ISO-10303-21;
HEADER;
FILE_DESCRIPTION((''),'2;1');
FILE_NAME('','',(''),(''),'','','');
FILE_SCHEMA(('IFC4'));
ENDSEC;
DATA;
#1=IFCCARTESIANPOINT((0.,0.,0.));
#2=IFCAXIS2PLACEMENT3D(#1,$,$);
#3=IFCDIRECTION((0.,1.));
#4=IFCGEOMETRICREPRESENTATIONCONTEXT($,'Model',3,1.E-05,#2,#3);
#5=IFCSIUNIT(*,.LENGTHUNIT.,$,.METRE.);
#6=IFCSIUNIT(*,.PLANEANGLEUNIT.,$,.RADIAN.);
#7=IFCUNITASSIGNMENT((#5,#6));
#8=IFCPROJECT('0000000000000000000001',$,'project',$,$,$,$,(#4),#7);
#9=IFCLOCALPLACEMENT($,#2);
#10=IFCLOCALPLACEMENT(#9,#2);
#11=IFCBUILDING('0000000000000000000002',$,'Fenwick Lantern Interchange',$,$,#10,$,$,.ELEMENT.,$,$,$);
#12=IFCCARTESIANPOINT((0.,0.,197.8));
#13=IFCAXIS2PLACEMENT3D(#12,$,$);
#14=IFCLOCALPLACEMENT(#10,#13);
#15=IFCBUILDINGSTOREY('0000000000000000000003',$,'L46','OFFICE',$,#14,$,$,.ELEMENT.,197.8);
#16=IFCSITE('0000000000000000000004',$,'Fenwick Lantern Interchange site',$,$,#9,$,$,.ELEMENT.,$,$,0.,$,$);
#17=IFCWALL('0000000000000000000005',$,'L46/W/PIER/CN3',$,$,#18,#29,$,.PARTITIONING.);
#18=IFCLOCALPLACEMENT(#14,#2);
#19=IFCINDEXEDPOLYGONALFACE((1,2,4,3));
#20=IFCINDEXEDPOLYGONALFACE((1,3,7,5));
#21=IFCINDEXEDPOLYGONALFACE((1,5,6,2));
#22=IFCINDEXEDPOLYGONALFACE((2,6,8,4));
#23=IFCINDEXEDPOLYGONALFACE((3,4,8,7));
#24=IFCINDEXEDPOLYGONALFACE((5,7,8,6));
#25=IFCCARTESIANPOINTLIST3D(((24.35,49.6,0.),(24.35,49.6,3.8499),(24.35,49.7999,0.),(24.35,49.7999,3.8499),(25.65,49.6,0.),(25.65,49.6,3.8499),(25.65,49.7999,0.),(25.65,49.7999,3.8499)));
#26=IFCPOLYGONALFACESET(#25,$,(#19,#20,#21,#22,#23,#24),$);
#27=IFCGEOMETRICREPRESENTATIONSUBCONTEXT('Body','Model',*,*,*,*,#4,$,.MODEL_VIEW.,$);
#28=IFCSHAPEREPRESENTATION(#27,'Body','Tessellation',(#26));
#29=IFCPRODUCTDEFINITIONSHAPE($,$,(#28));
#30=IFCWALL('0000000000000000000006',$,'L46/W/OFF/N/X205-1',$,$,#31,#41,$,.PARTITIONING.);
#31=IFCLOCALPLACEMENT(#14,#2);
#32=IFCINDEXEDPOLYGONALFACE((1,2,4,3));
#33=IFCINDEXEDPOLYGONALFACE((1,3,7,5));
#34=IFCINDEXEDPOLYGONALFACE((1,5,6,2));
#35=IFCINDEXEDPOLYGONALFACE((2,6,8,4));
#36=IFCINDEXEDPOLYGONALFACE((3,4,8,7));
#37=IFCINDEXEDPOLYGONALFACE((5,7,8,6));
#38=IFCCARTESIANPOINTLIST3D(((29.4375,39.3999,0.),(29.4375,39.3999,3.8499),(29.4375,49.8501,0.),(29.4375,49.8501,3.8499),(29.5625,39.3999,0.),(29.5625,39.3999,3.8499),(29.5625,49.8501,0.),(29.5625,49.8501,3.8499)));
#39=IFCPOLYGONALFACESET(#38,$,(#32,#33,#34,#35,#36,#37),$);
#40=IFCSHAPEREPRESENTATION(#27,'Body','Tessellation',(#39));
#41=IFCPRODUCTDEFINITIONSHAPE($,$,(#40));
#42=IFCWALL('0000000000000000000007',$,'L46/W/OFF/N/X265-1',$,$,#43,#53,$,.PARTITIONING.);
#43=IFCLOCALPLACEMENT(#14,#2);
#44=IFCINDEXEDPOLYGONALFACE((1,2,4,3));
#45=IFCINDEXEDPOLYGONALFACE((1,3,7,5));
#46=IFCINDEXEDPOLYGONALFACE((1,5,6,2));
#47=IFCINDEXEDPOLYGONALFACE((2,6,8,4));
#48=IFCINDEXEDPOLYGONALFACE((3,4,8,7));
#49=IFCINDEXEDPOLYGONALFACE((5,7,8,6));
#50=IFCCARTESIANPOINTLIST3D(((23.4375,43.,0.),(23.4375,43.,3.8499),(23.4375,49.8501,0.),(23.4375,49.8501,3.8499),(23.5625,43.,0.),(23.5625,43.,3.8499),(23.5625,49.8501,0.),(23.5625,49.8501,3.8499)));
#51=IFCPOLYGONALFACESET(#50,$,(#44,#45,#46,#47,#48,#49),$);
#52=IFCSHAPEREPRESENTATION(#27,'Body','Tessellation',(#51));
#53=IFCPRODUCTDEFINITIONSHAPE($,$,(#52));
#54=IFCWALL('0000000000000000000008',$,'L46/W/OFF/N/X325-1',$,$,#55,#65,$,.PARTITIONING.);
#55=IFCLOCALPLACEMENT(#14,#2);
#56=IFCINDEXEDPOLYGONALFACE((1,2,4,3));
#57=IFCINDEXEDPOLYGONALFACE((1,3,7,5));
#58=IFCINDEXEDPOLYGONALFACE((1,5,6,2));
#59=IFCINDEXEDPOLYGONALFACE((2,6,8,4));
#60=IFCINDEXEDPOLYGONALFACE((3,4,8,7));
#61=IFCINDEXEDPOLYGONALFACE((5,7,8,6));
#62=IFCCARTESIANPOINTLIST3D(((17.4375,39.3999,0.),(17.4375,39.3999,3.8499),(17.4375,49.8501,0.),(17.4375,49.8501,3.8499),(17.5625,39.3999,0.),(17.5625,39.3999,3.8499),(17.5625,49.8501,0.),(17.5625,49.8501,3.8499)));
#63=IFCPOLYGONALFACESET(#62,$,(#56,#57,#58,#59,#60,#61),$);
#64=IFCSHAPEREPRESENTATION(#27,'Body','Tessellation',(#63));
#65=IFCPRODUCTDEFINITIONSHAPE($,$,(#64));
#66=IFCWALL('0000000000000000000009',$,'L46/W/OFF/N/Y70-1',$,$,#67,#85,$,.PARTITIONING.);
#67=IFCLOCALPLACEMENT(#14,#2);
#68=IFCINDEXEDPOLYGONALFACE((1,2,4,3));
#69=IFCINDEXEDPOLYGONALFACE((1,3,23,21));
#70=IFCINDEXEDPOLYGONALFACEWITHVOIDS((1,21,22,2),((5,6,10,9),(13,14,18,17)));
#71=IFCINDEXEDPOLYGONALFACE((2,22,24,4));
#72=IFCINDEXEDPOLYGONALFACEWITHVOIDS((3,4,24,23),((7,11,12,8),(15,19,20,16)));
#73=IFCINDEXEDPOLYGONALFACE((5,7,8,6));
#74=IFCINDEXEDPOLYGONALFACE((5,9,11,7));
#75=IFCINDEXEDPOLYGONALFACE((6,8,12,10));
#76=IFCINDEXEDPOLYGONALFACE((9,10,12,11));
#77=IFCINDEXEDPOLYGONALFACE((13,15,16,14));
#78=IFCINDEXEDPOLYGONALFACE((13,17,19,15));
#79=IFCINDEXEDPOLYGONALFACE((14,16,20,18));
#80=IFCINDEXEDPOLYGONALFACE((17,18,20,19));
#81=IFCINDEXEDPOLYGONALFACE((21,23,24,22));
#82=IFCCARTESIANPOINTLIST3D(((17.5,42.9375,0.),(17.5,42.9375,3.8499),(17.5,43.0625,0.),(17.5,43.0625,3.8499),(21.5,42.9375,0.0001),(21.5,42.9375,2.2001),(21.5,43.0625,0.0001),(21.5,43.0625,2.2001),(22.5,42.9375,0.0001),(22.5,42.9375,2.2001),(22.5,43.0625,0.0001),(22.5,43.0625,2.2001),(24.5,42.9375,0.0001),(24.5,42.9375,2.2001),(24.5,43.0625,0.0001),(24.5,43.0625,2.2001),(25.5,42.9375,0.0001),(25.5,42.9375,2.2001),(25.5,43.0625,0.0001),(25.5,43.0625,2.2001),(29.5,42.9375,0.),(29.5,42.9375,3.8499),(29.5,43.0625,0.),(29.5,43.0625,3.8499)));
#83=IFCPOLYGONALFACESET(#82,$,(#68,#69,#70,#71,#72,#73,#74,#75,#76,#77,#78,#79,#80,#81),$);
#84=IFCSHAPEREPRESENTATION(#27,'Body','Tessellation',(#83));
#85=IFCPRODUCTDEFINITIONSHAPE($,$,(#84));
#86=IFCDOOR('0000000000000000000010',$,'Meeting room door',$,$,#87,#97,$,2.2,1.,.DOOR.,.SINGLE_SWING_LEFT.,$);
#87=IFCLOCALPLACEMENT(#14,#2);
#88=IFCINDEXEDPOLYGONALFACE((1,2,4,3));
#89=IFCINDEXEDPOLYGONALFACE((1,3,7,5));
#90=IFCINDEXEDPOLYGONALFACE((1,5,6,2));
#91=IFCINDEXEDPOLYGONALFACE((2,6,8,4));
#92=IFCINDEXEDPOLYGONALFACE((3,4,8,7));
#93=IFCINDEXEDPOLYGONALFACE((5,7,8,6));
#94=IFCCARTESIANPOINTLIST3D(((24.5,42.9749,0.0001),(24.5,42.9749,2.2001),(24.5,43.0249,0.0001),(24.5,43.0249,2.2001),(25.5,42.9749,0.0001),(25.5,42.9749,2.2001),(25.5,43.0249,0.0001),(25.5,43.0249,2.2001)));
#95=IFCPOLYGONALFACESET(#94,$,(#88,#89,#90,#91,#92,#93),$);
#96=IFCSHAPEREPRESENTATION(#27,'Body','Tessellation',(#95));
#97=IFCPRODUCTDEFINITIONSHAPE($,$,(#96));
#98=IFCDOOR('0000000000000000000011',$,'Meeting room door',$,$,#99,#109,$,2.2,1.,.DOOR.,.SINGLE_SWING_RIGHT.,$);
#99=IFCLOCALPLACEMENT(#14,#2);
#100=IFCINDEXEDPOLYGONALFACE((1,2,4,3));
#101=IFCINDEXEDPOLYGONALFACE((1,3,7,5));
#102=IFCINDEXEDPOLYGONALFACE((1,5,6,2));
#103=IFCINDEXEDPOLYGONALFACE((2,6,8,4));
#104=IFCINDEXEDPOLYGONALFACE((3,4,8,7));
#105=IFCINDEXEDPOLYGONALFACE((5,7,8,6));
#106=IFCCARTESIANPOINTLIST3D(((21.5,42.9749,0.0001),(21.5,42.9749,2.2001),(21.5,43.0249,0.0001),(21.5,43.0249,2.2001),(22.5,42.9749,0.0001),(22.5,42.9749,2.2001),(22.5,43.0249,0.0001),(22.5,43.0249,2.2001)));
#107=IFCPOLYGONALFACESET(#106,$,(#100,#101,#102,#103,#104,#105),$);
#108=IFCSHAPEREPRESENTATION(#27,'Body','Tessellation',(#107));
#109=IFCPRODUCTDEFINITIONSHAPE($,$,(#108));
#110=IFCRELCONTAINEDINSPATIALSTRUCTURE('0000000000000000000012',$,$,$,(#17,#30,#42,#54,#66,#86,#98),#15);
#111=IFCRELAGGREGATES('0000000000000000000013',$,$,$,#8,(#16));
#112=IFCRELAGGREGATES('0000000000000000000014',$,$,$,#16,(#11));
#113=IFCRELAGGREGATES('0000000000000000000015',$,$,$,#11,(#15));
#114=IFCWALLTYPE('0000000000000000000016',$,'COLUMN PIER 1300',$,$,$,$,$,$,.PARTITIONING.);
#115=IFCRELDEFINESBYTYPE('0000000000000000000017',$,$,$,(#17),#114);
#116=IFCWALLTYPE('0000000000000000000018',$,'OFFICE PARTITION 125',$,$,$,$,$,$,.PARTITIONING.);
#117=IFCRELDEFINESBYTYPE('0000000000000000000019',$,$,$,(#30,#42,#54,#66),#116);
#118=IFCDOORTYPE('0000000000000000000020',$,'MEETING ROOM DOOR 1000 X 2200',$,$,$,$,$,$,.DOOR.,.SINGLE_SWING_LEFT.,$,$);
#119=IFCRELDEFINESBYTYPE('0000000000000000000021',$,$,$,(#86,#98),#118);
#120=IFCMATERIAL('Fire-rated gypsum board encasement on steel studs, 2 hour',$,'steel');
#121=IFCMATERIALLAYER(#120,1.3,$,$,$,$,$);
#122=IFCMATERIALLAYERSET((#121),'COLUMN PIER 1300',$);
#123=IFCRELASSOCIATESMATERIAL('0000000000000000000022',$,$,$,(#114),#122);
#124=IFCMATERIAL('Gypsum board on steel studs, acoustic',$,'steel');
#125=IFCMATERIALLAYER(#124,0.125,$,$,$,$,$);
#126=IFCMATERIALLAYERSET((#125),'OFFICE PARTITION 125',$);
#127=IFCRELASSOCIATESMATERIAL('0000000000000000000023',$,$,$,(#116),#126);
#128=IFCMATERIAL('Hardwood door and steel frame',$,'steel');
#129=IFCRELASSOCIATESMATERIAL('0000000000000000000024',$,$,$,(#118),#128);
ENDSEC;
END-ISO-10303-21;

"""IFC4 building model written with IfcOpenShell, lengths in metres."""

from ifc_helpers import new_model, si_unit, direction, frame, frame_2d, origin, place, context, subcontext, project, spatial, rectangle, extrude, material, layer, layer_set, type_object, element, fill, save


model = new_model("IFC4")

# Units and contexts
model_context = context("Model", 3, precision=1e-05, world=origin(), true_north=direction((0.0, 1.0)))
body_context = subcontext(model_context, "Body", "Model", "MODEL_VIEW")
ifc_project = project(units=[si_unit("LENGTHUNIT", "METRE"), si_unit("PLANEANGLEUNIT", "RADIAN")], contexts=[model_context])

# Site, building, storey
site_placement = place(None, origin())
site = spatial("IfcSite", under=ifc_project, at=site_placement, Name="Fenwick Lantern Interchange site", CompositionType="ELEMENT", RefElevation=0.0)
building_placement = place(site_placement, origin())
building = spatial("IfcBuilding", under=site, at=building_placement, Name="Fenwick Lantern Interchange", CompositionType="ELEMENT")
storey_placement = place(building_placement, frame((0.0, 0.0, 197.8)))
storey = spatial("IfcBuildingStorey", under=building, at=storey_placement, Name="L46", Description="OFFICE", CompositionType="ELEMENT", Elevation=197.8)

# Walls
ifc_material_1 = material(Name="Fire-rated gypsum board encasement on steel studs, 2 hour", Category="steel")
ifc_layer_1 = layer(ifc_material_1, 1.3)
ifc_layer_set_1 = layer_set([ifc_layer_1], Name="COLUMN PIER 1300")
wall_type_1 = type_object("IfcWallType", Name="COLUMN PIER 1300", PredefinedType="PARTITIONING", material=ifc_layer_set_1)
wall_1_placement = place(storey_placement, frame((25.0, 49.8, 0.0), z_axis=(0.0, 0.0, 1.0), x_axis=(0.0, -1.0, 0.0)))
element("IfcWall", 1, at=wall_1_placement, inside=storey, type_object=wall_type_1, Name="L46/W/PIER/CN3", PredefinedType="PARTITIONING", context=body_context, shape_type="SweptSolid", body=[
    extrude(rectangle(XDim=0.2, YDim=1.3, at=frame_2d((0.1001, 0.0))), origin(), (0.0, 0.0, 1.0), 3.8499),
])
ifc_material_2 = material(Name="Gypsum board on steel studs, acoustic", Category="steel")
ifc_layer_2 = layer(ifc_material_2, 0.125)
ifc_layer_set_2 = layer_set([ifc_layer_2], Name="OFFICE PARTITION 125")
wall_type_2 = type_object("IfcWallType", Name="OFFICE PARTITION 125", PredefinedType="PARTITIONING", material=ifc_layer_set_2)
wall_2_placement = place(storey_placement, frame((29.5, 49.8501, 0.0), z_axis=(0.0, 0.0, 1.0), x_axis=(0.0, -1.0, 0.0)))
element("IfcWall", 2, at=wall_2_placement, inside=storey, type_object=wall_type_2, Name="L46/W/OFF/N/X205-1", PredefinedType="PARTITIONING", context=body_context, shape_type="SweptSolid", body=[
    extrude(rectangle(XDim=10.4502, YDim=0.125, at=frame_2d((5.2251, 0.0))), origin(), (0.0, 0.0, 1.0), 3.8499),
])
wall_3_placement = place(storey_placement, frame((23.5, 49.8501, 0.0), z_axis=(0.0, 0.0, 1.0), x_axis=(0.0, -1.0, 0.0)))
element("IfcWall", 3, at=wall_3_placement, inside=storey, type_object=wall_type_2, Name="L46/W/OFF/N/X265-1", PredefinedType="PARTITIONING", context=body_context, shape_type="SweptSolid", body=[
    extrude(rectangle(XDim=6.8501, YDim=0.125, at=frame_2d((3.425, 0.0))), origin(), (0.0, 0.0, 1.0), 3.8499),
])
wall_4_placement = place(storey_placement, frame((17.5, 49.8501, 0.0), z_axis=(0.0, 0.0, 1.0), x_axis=(0.0, -1.0, 0.0)))
element("IfcWall", 4, at=wall_4_placement, inside=storey, type_object=wall_type_2, Name="L46/W/OFF/N/X325-1", PredefinedType="PARTITIONING", context=body_context, shape_type="SweptSolid", body=[
    extrude(rectangle(XDim=10.4502, YDim=0.125, at=frame_2d((5.2251, 0.0))), origin(), (0.0, 0.0, 1.0), 3.8499),
])

# Wall, openings, doors
wall_5_placement = place(storey_placement, frame((29.5, 43.0, 0.0), z_axis=(0.0, 0.0, 1.0), x_axis=(-1.0, 0.0, 0.0)))
wall_5 = element("IfcWall", 5, at=wall_5_placement, inside=storey, type_object=wall_type_2, Name="L46/W/OFF/N/Y70-1", PredefinedType="PARTITIONING", context=body_context, shape_type="SweptSolid", body=[
    extrude(rectangle(XDim=12.0, YDim=0.125, at=frame_2d((6.0, 0.0))), origin(), (0.0, 0.0, 1.0), 3.8499),
])
opening_1_placement = place(wall_5_placement, frame((4.0, 0.0, 0.0)))
opening_1 = element("IfcOpeningElement", 6, at=opening_1_placement, cuts=wall_5, PredefinedType="OPENING", context=body_context, shape_type="SweptSolid", body=[
    extrude(rectangle(XDim=1.0, YDim=2.2, at=frame_2d((0.5, 1.1001))), frame((0.0, 0.0725, 0.0), z_axis=(0.0, -1.0, 0.0), x_axis=(1.0, 0.0, 0.0)), (0.0, 0.0, 1.0), 0.145),
])
opening_2_placement = place(wall_5_placement, frame((7.0, 0.0, 0.0)))
opening_2 = element("IfcOpeningElement", 7, at=opening_2_placement, cuts=wall_5, PredefinedType="OPENING", context=body_context, shape_type="SweptSolid", body=[
    extrude(rectangle(XDim=1.0, YDim=2.2, at=frame_2d((0.5, 1.1001))), frame((0.0, 0.0725, 0.0), z_axis=(0.0, -1.0, 0.0), x_axis=(1.0, 0.0, 0.0)), (0.0, 0.0, 1.0), 0.145),
])
ifc_material_3 = material(Name="Hardwood door and steel frame", Category="steel")
door_type = type_object("IfcDoorType", Name="MEETING ROOM DOOR 1000 X 2200", OperationType="SINGLE_SWING_LEFT", PredefinedType="DOOR", material=ifc_material_3)
door_1_placement = place(opening_1_placement, frame((1.0, 0.0, 0.0), z_axis=(0.0, 0.0, 1.0), x_axis=(-1.0, 0.0, 0.0)))
door_1 = element("IfcDoor", 8, at=door_1_placement, inside=storey, type_object=door_type, Name="Meeting room door", OperationType="SINGLE_SWING_LEFT", OverallHeight=2.2, OverallWidth=1.0, PredefinedType="DOOR", context=body_context, shape_type="SweptSolid", body=[
    extrude(rectangle(XDim=1.0, YDim=2.2, at=frame_2d((0.5, 1.1001))), frame((0.0, 0.0249, 0.0), z_axis=(0.0, -1.0, 0.0), x_axis=(1.0, 0.0, 0.0)), (0.0, 0.0, 1.0), 0.05),
])
fill(opening_1, door_1)
door_2_placement = place(opening_2_placement, frame((1.0, 0.0, 0.0), z_axis=(0.0, 0.0, 1.0), x_axis=(-1.0, 0.0, 0.0)))
door_2 = element("IfcDoor", 9, at=door_2_placement, inside=storey, type_object=door_type, Name="Meeting room door", OperationType="SINGLE_SWING_RIGHT", OverallHeight=2.2, OverallWidth=1.0, PredefinedType="DOOR", context=body_context, shape_type="SweptSolid", body=[
    extrude(rectangle(XDim=1.0, YDim=2.2, at=frame_2d((0.5, 1.1001))), frame((0.0, 0.0249, 0.0), z_axis=(0.0, -1.0, 0.0), x_axis=(1.0, 0.0, 0.0)), (0.0, 0.0, 1.0), 0.05),
])
fill(opening_2, door_2)

save(model, "model.ifc")
